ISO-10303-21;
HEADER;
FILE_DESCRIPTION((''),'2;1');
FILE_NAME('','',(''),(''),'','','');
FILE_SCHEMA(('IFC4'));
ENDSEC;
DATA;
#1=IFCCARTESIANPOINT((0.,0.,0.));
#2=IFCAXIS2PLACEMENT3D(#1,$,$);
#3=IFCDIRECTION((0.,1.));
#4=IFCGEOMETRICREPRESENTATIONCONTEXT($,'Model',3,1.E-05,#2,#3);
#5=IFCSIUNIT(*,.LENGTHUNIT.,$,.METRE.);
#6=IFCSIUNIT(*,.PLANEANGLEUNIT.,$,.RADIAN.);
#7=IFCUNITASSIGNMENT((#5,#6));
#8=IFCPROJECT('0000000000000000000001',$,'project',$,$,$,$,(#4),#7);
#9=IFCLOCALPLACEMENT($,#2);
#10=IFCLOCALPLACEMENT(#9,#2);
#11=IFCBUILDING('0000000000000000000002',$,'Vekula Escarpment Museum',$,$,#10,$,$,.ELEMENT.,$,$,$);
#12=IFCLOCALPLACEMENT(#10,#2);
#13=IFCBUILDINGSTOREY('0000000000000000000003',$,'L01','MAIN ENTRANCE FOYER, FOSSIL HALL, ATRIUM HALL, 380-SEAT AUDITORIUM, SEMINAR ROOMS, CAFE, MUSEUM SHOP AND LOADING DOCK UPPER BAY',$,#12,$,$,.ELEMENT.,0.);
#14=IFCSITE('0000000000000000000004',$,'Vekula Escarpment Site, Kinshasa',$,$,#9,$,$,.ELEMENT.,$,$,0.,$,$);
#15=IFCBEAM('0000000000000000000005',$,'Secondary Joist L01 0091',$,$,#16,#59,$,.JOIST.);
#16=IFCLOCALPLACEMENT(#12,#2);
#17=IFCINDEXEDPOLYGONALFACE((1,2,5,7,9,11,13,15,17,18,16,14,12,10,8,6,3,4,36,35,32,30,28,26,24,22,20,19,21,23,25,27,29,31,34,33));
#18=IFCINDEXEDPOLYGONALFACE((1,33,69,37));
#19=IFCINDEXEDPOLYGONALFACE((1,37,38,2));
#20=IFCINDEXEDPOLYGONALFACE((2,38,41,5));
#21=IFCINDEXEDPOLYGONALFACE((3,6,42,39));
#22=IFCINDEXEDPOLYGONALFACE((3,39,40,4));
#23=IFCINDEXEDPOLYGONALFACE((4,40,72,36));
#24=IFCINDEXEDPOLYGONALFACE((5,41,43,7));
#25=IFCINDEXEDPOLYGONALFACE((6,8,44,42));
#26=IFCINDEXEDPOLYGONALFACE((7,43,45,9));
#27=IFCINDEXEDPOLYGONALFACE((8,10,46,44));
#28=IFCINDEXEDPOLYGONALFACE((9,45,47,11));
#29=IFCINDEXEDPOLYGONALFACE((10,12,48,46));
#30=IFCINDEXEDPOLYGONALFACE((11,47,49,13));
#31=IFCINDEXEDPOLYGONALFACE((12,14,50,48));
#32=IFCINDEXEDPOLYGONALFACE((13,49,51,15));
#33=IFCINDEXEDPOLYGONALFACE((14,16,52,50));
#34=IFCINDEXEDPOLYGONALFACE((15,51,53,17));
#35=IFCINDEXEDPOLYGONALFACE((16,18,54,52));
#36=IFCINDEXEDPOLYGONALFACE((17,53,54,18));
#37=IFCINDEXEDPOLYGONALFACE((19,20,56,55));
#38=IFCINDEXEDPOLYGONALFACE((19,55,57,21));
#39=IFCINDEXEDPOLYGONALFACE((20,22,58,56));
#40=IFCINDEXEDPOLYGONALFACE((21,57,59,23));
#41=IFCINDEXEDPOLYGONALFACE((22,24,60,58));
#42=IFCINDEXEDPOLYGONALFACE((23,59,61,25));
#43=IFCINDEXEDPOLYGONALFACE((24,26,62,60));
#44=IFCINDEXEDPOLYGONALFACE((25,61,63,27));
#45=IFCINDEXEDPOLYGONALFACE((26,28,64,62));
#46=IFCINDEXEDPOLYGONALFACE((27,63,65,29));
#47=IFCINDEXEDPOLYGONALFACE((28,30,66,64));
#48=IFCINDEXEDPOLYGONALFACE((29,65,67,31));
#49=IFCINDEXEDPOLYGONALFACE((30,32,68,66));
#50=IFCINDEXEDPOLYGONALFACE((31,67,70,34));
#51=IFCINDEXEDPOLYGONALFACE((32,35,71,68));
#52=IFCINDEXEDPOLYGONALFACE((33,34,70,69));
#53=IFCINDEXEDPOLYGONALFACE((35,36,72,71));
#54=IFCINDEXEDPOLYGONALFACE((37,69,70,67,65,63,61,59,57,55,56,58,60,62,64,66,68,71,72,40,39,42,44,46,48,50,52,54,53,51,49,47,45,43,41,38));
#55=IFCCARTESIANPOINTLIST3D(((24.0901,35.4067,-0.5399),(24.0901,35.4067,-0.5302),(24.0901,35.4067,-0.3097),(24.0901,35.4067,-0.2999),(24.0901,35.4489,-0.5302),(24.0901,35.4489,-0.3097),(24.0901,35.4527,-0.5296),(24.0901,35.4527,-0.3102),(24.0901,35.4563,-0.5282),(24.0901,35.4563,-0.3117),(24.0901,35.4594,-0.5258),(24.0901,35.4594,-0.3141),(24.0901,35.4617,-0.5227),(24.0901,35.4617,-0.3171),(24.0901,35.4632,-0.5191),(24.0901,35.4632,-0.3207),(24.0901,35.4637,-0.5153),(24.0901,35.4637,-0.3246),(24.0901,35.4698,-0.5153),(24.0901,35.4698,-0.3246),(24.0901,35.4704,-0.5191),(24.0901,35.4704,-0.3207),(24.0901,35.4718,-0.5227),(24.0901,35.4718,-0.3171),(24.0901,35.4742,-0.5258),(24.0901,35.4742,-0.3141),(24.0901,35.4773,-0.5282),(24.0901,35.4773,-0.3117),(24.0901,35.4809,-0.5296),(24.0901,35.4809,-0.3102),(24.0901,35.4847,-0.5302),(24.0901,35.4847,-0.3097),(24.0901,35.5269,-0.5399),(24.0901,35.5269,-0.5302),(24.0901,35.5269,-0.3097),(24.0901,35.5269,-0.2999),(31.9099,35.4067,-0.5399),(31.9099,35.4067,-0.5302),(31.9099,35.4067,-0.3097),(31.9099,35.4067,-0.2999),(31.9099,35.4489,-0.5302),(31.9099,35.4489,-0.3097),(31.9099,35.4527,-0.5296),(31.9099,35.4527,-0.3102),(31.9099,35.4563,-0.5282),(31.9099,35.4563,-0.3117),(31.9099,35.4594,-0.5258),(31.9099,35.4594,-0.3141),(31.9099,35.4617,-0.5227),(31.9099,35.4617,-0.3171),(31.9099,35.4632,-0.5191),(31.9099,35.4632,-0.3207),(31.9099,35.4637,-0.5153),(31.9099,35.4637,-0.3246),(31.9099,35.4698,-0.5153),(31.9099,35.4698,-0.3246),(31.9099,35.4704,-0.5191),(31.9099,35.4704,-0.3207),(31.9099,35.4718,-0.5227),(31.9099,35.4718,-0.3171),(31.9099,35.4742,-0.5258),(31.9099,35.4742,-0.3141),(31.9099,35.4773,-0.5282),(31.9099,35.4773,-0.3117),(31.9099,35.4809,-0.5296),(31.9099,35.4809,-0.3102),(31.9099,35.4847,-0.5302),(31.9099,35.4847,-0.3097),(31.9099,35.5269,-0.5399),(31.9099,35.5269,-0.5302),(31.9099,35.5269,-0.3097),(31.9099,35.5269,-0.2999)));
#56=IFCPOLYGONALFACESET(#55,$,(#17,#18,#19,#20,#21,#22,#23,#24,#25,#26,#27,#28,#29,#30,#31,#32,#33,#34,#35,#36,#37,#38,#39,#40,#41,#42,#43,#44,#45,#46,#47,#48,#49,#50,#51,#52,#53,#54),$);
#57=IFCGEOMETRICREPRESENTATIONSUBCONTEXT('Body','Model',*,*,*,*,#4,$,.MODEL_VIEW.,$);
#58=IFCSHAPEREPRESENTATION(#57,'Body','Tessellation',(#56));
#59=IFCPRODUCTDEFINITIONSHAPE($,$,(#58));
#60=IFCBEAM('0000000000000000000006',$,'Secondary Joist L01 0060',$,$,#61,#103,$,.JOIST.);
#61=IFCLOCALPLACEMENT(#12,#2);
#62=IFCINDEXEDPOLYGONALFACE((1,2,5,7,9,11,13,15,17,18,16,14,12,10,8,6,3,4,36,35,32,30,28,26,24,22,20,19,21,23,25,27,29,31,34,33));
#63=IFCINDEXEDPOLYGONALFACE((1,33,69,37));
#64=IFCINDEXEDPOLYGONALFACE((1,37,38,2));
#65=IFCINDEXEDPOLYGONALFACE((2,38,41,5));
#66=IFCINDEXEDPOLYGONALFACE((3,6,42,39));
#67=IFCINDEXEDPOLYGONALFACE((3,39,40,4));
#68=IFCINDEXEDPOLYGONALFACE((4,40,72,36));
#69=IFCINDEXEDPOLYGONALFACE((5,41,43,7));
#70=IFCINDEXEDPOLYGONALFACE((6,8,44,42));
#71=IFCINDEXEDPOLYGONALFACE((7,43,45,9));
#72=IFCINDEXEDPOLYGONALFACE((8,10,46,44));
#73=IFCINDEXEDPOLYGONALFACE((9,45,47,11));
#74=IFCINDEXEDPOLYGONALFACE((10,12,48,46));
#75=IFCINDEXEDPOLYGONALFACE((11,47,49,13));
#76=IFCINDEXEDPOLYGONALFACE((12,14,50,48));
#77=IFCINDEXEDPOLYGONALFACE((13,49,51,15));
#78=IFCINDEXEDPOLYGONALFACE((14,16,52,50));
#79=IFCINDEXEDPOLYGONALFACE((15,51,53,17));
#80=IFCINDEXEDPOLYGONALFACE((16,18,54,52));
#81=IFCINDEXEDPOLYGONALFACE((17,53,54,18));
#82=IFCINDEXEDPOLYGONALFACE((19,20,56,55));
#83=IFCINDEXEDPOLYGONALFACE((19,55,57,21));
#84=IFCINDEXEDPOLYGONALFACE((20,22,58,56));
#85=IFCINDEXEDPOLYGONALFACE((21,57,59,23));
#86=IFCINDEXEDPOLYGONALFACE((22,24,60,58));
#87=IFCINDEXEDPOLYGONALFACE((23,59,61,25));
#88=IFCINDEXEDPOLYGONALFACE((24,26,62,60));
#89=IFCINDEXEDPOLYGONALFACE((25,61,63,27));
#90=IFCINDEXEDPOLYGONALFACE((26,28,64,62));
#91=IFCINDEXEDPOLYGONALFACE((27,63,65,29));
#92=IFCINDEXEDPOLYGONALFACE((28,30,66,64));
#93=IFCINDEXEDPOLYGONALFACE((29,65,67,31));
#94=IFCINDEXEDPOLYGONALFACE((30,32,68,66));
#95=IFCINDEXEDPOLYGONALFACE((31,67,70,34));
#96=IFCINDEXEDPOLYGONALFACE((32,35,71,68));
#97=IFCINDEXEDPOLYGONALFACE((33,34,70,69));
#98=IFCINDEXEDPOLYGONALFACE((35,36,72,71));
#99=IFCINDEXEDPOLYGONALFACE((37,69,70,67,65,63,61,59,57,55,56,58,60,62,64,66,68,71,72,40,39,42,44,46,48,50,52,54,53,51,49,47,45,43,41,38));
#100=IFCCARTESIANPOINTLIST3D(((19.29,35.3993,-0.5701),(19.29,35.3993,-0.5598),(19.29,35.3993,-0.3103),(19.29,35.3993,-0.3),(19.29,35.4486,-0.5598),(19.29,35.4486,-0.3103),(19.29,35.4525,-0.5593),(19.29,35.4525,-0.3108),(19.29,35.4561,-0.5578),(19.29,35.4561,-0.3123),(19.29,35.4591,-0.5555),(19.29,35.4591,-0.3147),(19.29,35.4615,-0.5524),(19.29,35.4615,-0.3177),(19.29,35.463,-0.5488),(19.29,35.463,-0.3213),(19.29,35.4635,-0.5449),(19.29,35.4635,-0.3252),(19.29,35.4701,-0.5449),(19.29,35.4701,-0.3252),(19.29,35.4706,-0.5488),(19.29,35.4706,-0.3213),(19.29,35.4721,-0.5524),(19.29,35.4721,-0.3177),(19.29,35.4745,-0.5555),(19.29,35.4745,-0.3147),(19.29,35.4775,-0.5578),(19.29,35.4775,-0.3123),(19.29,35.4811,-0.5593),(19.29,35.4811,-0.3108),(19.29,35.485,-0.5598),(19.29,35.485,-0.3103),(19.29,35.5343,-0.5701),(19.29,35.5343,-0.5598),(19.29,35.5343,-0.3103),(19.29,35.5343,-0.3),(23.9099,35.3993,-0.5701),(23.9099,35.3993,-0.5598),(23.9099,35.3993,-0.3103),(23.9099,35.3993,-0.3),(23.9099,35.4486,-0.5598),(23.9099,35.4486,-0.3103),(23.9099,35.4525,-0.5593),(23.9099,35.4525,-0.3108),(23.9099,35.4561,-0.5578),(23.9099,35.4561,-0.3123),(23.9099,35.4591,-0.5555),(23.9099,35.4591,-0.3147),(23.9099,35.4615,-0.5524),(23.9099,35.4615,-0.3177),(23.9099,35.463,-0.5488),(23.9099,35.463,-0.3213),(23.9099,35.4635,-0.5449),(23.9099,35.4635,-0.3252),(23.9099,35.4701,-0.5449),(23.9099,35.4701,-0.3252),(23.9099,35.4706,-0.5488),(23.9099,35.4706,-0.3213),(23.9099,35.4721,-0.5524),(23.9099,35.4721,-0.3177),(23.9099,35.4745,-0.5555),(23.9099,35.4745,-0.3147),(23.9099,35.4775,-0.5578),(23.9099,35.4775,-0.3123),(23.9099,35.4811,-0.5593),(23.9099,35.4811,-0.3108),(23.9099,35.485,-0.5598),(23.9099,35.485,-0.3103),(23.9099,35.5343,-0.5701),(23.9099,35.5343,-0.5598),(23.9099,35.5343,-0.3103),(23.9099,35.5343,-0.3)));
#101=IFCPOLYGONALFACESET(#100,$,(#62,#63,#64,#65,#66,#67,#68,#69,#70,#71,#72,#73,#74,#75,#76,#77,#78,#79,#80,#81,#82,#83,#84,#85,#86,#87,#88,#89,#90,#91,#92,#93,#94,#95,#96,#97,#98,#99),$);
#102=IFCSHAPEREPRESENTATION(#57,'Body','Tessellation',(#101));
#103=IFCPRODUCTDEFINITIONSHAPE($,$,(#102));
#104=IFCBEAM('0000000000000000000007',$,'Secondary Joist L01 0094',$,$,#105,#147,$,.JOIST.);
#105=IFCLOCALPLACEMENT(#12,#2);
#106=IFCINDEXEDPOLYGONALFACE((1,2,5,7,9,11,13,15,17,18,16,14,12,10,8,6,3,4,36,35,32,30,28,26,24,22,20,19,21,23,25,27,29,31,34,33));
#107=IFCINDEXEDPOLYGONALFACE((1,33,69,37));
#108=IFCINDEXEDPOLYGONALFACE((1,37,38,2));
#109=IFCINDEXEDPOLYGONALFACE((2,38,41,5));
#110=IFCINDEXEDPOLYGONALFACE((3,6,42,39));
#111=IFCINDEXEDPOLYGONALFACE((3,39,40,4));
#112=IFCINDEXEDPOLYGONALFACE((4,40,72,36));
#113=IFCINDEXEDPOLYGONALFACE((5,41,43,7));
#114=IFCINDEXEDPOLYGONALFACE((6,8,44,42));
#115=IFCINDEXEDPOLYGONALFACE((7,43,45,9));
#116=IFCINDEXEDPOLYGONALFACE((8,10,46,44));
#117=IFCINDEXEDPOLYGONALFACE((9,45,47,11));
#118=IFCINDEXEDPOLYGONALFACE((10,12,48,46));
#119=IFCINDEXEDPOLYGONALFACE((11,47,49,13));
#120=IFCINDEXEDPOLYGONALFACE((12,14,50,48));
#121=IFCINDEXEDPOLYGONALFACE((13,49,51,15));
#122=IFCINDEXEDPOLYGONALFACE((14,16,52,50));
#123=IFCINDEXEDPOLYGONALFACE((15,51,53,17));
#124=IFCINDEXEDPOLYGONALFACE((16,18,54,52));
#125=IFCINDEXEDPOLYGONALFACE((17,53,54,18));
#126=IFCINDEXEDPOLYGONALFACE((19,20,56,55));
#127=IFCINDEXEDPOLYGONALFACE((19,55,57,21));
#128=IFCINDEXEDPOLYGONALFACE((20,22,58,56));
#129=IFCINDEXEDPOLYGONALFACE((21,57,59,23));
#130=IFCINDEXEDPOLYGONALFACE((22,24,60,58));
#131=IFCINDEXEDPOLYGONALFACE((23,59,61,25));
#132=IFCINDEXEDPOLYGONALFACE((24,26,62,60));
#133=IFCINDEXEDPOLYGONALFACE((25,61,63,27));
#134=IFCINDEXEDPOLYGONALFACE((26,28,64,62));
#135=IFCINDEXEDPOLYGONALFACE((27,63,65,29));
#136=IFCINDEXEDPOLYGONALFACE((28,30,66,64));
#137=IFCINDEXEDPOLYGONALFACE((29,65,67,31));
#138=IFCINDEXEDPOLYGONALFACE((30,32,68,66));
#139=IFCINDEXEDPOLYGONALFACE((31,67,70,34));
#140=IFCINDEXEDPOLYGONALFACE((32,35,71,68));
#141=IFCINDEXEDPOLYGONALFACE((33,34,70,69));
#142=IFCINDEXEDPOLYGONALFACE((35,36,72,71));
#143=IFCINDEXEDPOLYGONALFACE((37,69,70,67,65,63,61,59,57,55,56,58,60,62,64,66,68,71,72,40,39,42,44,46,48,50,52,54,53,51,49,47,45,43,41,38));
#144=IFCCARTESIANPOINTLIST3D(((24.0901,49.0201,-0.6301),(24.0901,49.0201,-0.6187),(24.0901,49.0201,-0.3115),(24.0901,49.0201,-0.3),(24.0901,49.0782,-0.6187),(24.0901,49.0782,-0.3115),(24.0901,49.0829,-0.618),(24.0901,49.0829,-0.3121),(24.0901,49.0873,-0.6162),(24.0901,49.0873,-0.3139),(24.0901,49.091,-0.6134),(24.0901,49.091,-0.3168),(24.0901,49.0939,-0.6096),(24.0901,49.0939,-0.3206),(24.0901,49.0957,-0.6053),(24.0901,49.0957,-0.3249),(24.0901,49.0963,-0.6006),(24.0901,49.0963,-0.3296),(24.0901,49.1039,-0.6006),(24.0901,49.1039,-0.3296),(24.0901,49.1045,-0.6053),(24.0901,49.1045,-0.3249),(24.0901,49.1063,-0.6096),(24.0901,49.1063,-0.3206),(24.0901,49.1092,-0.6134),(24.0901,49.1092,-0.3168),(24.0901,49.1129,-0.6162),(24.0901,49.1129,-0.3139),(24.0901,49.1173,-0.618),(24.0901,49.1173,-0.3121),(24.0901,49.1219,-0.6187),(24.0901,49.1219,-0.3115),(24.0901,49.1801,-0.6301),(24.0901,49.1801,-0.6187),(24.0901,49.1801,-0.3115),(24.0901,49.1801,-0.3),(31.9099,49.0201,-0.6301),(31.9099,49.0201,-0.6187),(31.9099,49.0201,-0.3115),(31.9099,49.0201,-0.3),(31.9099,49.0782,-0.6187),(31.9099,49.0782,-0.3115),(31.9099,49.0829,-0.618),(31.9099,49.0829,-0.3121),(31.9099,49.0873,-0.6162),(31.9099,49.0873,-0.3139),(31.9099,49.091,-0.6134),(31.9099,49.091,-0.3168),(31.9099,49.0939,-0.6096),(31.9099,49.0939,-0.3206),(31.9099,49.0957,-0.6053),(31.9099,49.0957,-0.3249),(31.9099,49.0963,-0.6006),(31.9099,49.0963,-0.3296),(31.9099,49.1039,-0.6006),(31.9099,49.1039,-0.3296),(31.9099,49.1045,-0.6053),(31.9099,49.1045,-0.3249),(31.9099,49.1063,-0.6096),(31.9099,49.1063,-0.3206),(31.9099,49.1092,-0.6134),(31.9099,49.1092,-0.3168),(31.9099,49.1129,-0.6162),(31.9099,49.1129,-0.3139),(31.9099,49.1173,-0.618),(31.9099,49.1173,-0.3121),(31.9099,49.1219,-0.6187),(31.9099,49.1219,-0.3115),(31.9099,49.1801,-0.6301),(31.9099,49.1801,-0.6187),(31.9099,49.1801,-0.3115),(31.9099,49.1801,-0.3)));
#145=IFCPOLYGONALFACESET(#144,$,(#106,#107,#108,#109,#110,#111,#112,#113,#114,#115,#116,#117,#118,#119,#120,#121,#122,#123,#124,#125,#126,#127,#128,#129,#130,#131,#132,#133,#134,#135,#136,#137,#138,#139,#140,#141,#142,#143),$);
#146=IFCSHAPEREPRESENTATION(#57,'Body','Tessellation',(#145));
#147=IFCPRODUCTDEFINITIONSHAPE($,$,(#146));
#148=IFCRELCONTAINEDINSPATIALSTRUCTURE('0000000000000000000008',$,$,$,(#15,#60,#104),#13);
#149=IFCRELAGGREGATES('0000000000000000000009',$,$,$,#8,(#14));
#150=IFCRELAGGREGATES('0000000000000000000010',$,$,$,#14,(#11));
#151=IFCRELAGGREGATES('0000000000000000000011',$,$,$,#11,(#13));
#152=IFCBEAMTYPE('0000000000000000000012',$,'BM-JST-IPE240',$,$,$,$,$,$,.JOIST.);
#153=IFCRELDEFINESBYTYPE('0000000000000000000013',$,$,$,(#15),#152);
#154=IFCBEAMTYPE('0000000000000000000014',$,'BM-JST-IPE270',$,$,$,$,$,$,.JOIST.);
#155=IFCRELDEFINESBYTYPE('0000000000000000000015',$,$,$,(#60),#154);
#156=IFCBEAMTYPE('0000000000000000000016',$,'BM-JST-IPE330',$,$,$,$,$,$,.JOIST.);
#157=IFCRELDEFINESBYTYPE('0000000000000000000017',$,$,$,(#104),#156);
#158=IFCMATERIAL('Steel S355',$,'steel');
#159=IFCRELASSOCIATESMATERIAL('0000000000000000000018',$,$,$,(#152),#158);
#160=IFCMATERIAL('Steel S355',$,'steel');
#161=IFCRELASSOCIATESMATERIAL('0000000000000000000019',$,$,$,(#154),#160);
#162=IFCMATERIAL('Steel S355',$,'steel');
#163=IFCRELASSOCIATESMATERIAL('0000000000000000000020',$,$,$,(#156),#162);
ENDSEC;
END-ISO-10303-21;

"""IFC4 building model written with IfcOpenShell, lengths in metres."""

from ifc_helpers import new_model, si_unit, direction, frame, origin, origin_2d, place, context, subcontext, project, spatial, i_section, extrude, material, material_profile, profile_set, type_object, element, save


model = new_model("IFC4")

# Units and contexts
model_context = context("Model", 3, precision=1e-05, world=origin(), true_north=direction((0.0, 1.0)))
body_context = subcontext(model_context, "Body", "Model", "MODEL_VIEW")
ifc_project = project(units=[si_unit("LENGTHUNIT", "METRE"), si_unit("PLANEANGLEUNIT", "RADIAN")], contexts=[model_context])

# Site, building, storey
site_placement = place(None, origin())
site = spatial("IfcSite", under=ifc_project, at=site_placement, Name="Vekula Escarpment Site, Kinshasa", CompositionType="ELEMENT", RefElevation=0.0)
building_placement = place(site_placement, origin())
building = spatial("IfcBuilding", under=site, at=building_placement, Name="Vekula Escarpment Museum", CompositionType="ELEMENT")
storey_placement = place(building_placement, origin())
storey = spatial("IfcBuildingStorey", under=building, at=storey_placement, Name="L01", Description="MAIN ENTRANCE FOYER, FOSSIL HALL, ATRIUM HALL, 380-SEAT AUDITORIUM, SEMINAR ROOMS, CAFE, MUSEUM SHOP AND LOADING DOCK UPPER BAY", CompositionType="ELEMENT", Elevation=0.0)

# Beams
ifc_material_1 = material(Name="Steel S355", Category="steel")
ifc_material_profile_1 = material_profile(ifc_material_1, i_section(OverallWidth=0.1201, OverallDepth=0.24, WebThickness=0.0061, FlangeThickness=0.0098, FilletRadius=0.0149, at=origin_2d()), Name="IPE 240")
ifc_profile_set_1 = profile_set([ifc_material_profile_1], Name="Steel S355")
beam_type_1 = type_object("IfcBeamType", Name="BM-JST-IPE240", PredefinedType="JOIST", material=ifc_profile_set_1)
for number, where, z_axis, x_axis, name in (
    (1, (24.0901, 35.4668, -0.4199), (1.0, 0.0, 0.0), (0.0, 1.0, 0.0), "Secondary Joist L01 0091"),
):
    element("IfcBeam", number, at=place(storey_placement, frame(where, z_axis=z_axis, x_axis=x_axis)), inside=storey, type_object=beam_type_1, Name=name, PredefinedType="JOIST", context=body_context, shape_type="SweptSolid", body=[
        extrude(i_section(OverallWidth=0.1201, OverallDepth=0.24, WebThickness=0.0061, FlangeThickness=0.0098, FilletRadius=0.0149, at=origin_2d()), origin(), (0.0, 0.0, 1.0), 7.8198),
    ])
ifc_material_2 = material(Name="Steel S355", Category="steel")
ifc_material_profile_2 = material_profile(ifc_material_2, i_section(OverallWidth=0.135, OverallDepth=0.27, WebThickness=0.0066, FlangeThickness=0.0103, FilletRadius=0.0149, at=origin_2d()), Name="IPE 270")
ifc_profile_set_2 = profile_set([ifc_material_profile_2], Name="Steel S355")
beam_type_2 = type_object("IfcBeamType", Name="BM-JST-IPE270", PredefinedType="JOIST", material=ifc_profile_set_2)
beam_1_placement = place(storey_placement, frame((19.29, 35.4668, -0.4351), z_axis=(1.0, 0.0, 0.0), x_axis=(0.0, 1.0, 0.0)))
element("IfcBeam", 2, at=beam_1_placement, inside=storey, type_object=beam_type_2, Name="Secondary Joist L01 0060", PredefinedType="JOIST", context=body_context, shape_type="SweptSolid", body=[
    extrude(i_section(OverallWidth=0.135, OverallDepth=0.27, WebThickness=0.0066, FlangeThickness=0.0103, FilletRadius=0.0149, at=origin_2d()), origin(), (0.0, 0.0, 1.0), 4.6199),
])
ifc_material_3 = material(Name="Steel S355", Category="steel")
ifc_material_profile_3 = material_profile(ifc_material_3, i_section(OverallWidth=0.1599, OverallDepth=0.3301, WebThickness=0.0076, FlangeThickness=0.0115, FilletRadius=0.0181, at=origin_2d()), Name="IPE 330")
ifc_profile_set_3 = profile_set([ifc_material_profile_3], Name="Steel S355")
beam_type_3 = type_object("IfcBeamType", Name="BM-JST-IPE330", PredefinedType="JOIST", material=ifc_profile_set_3)
beam_2_placement = place(storey_placement, frame((24.0901, 49.1001, -0.4651), z_axis=(1.0, 0.0, 0.0), x_axis=(0.0, 1.0, 0.0)))
element("IfcBeam", 3, at=beam_2_placement, inside=storey, type_object=beam_type_3, Name="Secondary Joist L01 0094", PredefinedType="JOIST", context=body_context, shape_type="SweptSolid", body=[
    extrude(i_section(OverallWidth=0.1599, OverallDepth=0.3301, WebThickness=0.0076, FlangeThickness=0.0115, FilletRadius=0.0181, at=origin_2d()), origin(), (0.0, 0.0, 1.0), 7.8198),
])

save(model, "model.ifc")
